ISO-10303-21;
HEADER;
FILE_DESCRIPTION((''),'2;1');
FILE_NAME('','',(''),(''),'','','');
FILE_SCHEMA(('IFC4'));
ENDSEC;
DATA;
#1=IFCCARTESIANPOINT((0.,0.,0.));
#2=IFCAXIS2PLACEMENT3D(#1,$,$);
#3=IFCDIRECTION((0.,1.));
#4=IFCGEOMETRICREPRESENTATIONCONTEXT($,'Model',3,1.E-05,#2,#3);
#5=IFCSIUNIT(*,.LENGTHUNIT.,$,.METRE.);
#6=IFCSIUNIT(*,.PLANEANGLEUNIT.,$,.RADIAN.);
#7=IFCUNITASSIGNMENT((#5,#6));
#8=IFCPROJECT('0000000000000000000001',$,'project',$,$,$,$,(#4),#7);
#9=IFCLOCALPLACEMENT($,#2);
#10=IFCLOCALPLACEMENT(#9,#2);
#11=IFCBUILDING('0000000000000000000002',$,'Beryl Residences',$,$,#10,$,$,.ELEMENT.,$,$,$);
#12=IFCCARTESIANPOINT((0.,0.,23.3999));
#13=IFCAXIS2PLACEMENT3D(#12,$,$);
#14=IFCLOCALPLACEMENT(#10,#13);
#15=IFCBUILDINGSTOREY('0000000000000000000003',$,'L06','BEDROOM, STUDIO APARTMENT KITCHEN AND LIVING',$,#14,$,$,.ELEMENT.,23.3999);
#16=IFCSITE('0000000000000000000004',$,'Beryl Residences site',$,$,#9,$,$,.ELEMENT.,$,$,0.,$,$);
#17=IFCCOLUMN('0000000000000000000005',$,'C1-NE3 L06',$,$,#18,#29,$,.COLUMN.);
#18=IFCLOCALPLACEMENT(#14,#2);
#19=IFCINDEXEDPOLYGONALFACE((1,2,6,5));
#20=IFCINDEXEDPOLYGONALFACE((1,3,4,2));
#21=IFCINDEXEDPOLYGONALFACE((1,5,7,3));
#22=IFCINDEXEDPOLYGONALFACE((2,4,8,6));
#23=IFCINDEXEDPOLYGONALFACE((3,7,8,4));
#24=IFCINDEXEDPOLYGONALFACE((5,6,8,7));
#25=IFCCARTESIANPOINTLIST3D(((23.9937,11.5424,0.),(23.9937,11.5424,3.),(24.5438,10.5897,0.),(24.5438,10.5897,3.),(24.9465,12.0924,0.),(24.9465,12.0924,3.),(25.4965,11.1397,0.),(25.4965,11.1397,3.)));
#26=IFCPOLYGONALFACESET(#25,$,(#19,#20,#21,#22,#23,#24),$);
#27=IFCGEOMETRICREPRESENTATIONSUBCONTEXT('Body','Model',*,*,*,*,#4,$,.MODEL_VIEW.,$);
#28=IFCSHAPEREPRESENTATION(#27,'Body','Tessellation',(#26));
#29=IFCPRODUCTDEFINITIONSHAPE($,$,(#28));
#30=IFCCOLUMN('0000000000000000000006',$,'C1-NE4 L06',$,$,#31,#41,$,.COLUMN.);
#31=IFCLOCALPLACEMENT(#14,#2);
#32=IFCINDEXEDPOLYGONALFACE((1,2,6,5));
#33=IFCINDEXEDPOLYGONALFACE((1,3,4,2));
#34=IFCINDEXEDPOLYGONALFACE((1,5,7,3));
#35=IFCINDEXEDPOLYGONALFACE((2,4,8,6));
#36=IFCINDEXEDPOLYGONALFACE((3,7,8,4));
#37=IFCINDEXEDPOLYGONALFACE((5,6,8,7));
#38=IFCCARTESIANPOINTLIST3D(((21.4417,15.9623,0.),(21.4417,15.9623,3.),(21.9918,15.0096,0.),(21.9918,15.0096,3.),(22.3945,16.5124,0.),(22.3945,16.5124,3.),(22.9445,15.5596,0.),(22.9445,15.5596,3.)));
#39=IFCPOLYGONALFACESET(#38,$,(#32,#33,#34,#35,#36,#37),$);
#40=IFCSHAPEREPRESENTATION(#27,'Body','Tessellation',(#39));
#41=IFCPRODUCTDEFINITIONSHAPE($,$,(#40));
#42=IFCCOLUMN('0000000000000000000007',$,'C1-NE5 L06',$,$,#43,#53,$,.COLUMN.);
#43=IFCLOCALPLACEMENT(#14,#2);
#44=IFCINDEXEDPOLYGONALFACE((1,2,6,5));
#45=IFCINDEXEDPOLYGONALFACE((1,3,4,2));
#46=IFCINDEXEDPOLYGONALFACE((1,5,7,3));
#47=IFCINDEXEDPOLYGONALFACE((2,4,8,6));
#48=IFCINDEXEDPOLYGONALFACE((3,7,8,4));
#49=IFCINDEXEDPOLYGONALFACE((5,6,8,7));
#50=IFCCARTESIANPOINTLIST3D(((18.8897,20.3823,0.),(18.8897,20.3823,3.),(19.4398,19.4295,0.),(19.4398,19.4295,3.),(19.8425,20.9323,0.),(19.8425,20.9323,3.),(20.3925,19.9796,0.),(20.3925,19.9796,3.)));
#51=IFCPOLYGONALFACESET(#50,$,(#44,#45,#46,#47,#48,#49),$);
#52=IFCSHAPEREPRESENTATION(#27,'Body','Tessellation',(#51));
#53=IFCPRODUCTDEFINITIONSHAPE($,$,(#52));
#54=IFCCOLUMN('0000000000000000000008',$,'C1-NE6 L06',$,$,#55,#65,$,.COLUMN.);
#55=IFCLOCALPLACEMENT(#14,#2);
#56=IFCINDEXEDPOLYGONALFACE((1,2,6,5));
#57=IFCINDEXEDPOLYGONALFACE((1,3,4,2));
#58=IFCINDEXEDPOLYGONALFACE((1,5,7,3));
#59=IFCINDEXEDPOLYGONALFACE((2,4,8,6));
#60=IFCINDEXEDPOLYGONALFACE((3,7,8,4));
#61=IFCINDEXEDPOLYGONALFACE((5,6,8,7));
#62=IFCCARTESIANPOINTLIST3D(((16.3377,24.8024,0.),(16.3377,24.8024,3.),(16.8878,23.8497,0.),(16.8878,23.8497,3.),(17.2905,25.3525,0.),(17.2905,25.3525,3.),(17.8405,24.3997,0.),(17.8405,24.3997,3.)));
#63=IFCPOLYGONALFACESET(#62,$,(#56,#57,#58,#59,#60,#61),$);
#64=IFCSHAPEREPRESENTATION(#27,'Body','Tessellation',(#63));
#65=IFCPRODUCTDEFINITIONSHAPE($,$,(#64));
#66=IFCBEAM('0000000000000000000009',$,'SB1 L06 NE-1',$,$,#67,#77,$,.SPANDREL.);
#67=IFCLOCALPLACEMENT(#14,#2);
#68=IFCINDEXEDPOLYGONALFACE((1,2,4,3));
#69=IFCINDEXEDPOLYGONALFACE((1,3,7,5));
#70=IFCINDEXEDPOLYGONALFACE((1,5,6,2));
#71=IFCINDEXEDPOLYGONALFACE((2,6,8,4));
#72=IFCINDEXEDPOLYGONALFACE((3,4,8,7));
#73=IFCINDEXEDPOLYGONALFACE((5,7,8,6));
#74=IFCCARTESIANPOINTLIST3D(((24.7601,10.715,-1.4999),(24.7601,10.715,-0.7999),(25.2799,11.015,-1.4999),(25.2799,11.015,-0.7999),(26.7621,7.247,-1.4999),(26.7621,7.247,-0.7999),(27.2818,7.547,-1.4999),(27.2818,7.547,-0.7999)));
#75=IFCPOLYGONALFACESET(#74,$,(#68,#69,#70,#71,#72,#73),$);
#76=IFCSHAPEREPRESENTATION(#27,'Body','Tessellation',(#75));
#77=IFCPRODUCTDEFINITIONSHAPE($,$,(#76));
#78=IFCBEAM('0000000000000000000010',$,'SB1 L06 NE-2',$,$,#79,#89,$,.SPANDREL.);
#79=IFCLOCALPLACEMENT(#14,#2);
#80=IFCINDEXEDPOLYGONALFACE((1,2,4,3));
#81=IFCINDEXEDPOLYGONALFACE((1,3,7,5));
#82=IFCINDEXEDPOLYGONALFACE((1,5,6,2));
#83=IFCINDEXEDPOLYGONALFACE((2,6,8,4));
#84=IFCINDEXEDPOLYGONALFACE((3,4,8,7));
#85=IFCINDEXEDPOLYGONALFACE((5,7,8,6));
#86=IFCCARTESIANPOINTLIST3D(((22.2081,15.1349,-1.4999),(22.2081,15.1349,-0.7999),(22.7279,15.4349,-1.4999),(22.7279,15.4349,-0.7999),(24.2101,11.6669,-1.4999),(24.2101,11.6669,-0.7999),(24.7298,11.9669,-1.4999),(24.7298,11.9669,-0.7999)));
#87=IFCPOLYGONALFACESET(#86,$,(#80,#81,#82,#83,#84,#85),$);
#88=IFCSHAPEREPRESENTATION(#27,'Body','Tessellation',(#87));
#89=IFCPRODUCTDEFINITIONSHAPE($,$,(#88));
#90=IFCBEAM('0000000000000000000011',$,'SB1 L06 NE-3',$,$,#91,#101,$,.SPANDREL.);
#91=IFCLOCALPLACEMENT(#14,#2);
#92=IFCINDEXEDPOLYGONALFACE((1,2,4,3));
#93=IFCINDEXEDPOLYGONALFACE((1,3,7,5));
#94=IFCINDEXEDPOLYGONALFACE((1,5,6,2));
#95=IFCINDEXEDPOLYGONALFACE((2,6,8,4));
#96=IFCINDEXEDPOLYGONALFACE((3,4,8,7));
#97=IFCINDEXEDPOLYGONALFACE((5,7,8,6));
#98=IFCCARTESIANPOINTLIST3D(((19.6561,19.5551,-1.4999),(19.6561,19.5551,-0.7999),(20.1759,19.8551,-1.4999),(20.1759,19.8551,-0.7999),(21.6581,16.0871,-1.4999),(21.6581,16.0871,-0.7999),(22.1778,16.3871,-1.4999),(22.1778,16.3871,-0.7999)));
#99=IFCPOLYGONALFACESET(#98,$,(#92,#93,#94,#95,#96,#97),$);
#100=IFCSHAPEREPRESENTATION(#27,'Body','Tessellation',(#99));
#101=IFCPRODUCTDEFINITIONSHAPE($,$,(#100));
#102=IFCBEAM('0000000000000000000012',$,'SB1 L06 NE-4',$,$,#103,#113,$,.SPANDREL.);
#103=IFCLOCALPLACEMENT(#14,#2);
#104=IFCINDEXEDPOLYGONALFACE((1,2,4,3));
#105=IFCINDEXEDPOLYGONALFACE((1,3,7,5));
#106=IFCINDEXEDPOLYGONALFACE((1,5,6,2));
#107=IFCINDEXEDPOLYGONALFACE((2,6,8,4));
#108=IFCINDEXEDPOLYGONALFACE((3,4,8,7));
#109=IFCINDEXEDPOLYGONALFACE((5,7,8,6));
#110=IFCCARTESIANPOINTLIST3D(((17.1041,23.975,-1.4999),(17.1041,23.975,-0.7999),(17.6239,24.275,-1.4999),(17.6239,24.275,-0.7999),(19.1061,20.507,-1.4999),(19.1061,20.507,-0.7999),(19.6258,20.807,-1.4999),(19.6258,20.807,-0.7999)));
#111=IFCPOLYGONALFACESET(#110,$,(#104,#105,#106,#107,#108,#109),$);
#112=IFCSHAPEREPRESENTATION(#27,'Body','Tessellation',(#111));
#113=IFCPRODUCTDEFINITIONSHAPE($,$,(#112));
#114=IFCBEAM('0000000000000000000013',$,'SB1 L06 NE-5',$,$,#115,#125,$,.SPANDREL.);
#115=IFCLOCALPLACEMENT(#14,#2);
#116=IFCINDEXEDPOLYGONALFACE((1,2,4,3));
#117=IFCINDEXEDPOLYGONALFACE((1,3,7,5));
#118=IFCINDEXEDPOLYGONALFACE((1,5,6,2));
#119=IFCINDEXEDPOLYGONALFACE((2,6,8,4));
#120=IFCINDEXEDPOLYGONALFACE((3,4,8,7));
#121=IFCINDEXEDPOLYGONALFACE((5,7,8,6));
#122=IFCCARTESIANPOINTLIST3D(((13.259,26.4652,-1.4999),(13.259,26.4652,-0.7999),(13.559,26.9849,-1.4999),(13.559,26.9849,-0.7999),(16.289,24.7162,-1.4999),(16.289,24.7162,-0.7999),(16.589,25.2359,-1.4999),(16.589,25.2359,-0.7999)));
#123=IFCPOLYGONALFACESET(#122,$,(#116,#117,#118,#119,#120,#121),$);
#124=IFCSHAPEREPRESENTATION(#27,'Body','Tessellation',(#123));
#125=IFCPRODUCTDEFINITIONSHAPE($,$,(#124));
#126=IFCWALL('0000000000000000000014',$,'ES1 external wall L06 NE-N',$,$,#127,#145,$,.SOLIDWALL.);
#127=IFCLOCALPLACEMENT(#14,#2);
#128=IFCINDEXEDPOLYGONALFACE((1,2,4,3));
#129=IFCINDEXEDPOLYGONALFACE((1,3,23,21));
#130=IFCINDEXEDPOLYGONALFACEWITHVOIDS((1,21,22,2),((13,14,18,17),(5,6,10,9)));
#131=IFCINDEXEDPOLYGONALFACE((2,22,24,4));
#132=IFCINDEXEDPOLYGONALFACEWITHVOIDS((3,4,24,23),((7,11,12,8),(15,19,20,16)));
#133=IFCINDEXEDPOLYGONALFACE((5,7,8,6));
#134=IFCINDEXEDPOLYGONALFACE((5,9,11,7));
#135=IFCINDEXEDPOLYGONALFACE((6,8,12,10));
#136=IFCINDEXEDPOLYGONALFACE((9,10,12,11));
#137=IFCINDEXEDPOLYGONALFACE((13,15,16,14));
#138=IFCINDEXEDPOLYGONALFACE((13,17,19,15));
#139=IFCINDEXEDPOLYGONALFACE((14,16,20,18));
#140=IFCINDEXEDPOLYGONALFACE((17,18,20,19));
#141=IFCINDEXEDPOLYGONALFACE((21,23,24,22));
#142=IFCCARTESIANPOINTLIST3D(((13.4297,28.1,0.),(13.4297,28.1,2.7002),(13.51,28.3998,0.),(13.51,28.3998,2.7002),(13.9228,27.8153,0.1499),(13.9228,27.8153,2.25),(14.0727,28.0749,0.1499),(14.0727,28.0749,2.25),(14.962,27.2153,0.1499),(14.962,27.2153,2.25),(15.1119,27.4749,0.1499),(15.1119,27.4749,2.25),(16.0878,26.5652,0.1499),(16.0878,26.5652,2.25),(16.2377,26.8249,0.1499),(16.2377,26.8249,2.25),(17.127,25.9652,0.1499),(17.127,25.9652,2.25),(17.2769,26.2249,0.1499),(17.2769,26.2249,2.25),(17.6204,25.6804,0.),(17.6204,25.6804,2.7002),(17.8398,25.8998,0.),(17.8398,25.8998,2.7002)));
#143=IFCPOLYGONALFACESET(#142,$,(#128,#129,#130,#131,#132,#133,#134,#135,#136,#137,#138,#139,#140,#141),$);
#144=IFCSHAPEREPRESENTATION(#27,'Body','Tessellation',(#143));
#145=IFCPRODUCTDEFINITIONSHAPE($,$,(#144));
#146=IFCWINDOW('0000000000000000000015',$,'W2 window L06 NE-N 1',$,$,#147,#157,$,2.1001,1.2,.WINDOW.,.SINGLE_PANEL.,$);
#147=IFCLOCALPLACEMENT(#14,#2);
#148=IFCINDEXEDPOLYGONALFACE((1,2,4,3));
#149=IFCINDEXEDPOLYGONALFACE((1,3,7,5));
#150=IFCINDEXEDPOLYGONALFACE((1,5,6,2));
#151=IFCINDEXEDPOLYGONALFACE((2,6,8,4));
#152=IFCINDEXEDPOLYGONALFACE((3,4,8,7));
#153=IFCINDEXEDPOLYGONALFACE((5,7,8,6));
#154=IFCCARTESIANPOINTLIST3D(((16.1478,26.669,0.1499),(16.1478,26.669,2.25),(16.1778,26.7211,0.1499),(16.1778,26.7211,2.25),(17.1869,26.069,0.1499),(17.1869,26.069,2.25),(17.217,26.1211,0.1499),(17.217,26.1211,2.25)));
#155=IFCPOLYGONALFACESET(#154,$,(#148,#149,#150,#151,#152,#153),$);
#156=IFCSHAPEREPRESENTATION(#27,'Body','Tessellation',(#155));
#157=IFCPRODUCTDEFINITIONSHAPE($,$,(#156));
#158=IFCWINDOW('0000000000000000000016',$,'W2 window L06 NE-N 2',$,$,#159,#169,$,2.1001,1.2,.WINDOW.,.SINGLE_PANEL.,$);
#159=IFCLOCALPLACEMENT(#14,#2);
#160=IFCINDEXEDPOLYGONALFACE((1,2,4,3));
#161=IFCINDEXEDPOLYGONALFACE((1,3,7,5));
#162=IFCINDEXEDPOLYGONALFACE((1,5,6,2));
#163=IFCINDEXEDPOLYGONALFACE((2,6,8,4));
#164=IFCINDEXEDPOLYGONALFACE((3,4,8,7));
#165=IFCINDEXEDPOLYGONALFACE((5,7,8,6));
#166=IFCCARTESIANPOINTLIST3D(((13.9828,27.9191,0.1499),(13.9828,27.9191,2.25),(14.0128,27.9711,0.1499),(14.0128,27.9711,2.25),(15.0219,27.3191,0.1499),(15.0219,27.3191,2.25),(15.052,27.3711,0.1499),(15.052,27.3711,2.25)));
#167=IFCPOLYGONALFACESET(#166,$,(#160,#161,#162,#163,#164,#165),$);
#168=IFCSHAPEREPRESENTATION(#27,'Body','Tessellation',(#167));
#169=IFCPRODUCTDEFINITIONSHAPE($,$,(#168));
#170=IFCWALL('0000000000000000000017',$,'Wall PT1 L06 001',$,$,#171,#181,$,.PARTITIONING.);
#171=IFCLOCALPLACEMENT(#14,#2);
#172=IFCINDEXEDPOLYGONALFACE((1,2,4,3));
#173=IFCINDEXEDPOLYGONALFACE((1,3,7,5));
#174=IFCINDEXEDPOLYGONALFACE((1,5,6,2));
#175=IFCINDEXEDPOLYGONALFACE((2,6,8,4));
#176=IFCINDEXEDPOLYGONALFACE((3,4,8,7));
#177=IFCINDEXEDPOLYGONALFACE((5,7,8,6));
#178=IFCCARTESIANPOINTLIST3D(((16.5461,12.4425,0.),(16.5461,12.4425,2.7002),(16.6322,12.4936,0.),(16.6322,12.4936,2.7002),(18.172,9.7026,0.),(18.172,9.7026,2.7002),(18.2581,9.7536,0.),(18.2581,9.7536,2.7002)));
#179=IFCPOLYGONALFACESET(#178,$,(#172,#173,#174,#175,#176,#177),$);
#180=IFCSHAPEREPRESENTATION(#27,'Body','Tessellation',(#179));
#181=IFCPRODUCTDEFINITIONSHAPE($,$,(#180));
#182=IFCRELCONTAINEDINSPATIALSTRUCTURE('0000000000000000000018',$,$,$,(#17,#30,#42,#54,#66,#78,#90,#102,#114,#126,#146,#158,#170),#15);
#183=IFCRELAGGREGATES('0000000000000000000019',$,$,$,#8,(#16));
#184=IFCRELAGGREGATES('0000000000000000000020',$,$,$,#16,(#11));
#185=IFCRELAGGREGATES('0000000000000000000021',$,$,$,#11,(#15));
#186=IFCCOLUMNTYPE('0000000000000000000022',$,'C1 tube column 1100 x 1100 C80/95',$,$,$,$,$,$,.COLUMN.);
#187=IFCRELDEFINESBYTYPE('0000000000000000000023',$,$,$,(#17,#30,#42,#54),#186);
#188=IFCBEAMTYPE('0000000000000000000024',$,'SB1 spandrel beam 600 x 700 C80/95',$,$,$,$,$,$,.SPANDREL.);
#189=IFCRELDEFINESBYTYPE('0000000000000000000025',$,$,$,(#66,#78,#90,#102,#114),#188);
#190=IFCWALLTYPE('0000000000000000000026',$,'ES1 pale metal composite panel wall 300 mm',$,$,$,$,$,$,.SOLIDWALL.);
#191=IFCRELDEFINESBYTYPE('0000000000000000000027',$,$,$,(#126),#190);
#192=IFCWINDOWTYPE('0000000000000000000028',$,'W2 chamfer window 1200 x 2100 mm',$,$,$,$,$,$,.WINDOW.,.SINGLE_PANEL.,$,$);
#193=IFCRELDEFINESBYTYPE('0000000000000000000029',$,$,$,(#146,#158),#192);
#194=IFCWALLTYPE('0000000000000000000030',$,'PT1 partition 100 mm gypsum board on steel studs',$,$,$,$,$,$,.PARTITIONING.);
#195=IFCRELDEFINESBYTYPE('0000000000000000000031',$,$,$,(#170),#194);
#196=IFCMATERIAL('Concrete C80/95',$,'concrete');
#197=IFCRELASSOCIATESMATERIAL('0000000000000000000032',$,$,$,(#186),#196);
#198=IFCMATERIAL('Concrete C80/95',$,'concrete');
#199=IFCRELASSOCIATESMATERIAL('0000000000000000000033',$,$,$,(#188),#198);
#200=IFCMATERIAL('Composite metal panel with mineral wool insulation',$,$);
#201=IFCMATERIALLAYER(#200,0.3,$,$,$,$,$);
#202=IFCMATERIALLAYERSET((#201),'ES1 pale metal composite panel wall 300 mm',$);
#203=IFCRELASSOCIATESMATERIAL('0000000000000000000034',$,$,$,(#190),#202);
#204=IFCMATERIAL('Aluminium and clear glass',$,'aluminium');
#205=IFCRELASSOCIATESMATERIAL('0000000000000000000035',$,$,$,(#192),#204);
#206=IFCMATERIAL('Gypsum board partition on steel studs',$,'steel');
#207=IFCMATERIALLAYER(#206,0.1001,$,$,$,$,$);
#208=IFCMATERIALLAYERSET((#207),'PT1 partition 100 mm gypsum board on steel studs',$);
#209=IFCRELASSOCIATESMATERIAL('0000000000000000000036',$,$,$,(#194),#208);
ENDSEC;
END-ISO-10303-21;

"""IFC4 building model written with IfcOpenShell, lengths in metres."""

from ifc_helpers import new_model, si_unit, direction, frame, frame_2d, origin, origin_2d, place, context, subcontext, project, spatial, polyline, rectangle, outline, extrude, material, layer, layer_set, material_profile, profile_set, type_object, element, fill, save


model = new_model("IFC4")

# Units and contexts
model_context = context("Model", 3, precision=1e-05, world=origin(), true_north=direction((0.0, 1.0)))
body_context = subcontext(model_context, "Body", "Model", "MODEL_VIEW")
ifc_project = project(units=[si_unit("LENGTHUNIT", "METRE"), si_unit("PLANEANGLEUNIT", "RADIAN")], contexts=[model_context])

# Site, building, storey
site_placement = place(None, origin())
site = spatial("IfcSite", under=ifc_project, at=site_placement, Name="Beryl Residences site", CompositionType="ELEMENT", RefElevation=0.0)
building_placement = place(site_placement, origin())
building = spatial("IfcBuilding", under=site, at=building_placement, Name="Beryl Residences", CompositionType="ELEMENT")
storey_placement = place(building_placement, frame((0.0, 0.0, 23.3999)))
storey = spatial("IfcBuildingStorey", under=building, at=storey_placement, Name="L06", Description="BEDROOM, STUDIO APARTMENT KITCHEN AND LIVING", CompositionType="ELEMENT", Elevation=23.3999)

# Columns
ifc_material_1 = material(Name="Concrete C80/95", Category="concrete")
ifc_material_profile_1 = material_profile(ifc_material_1, rectangle(XDim=1.1001, YDim=1.1001, at=origin_2d()))
ifc_profile_set_1 = profile_set([ifc_material_profile_1], Name="Concrete C80/95")
column_type = type_object("IfcColumnType", Name="C1 tube column 1100 x 1100 C80/95", PredefinedType="COLUMN", material=ifc_profile_set_1)
for number, where, z_axis, x_axis, name in (
    (1, (24.7451, 11.3411, 0.0), (0.0, 0.0, 1.0), (-0.499985, 0.866034, 0.0), "C1-NE3 L06"),
    (2, (22.1931, 15.761, 0.0), (0.0, 0.0, 1.0), (-0.499985, 0.866034, 0.0), "C1-NE4 L06"),
    (3, (19.6411, 20.1809, 0.0), (0.0, 0.0, 1.0), (-0.499985, 0.866034, 0.0), "C1-NE5 L06"),
    (4, (17.0891, 24.6011, 0.0), (0.0, 0.0, 1.0), (-0.499985, 0.866034, 0.0), "C1-NE6 L06"),
):
    element("IfcColumn", number, at=place(storey_placement, frame(where, z_axis=z_axis, x_axis=x_axis)), inside=storey, type_object=column_type, Name=name, PredefinedType="COLUMN", context=body_context, shape_type="SweptSolid", body=[
        extrude(rectangle(XDim=1.1001, YDim=1.1001, at=origin_2d()), origin(), (0.0, 0.0, 1.0), 3.0),
    ])

# Beams
ifc_material_2 = material(Name="Concrete C80/95", Category="concrete")
ifc_material_profile_2 = material_profile(ifc_material_2, rectangle(XDim=0.6001, YDim=0.7, at=origin_2d()))
ifc_profile_set_2 = profile_set([ifc_material_profile_2], Name="Concrete C80/95")
beam_type = type_object("IfcBeamType", Name="SB1 spandrel beam 600 x 700 C80/95", PredefinedType="SPANDREL", material=ifc_profile_set_2)
for number, where, z_axis, x_axis, name in (
    (5, (27.022, 7.397, -1.1499), (-0.499942, 0.866059, 0.0), (-0.866059, -0.499942, 0.0), "SB1 L06 NE-1"),
    (6, (24.47, 11.8169, -1.1499), (-0.499942, 0.866059, 0.0), (-0.866059, -0.499942, 0.0), "SB1 L06 NE-2"),
    (7, (21.918, 16.2371, -1.1499), (-0.499942, 0.866059, 0.0), (-0.866059, -0.499942, 0.0), "SB1 L06 NE-3"),
    (8, (19.366, 20.657, -1.1499), (-0.499942, 0.866059, 0.0), (-0.866059, -0.499942, 0.0), "SB1 L06 NE-4"),
):
    element("IfcBeam", number, at=place(storey_placement, frame(where, z_axis=z_axis, x_axis=x_axis)), inside=storey, type_object=beam_type, Name=name, PredefinedType="SPANDREL", context=body_context, shape_type="SweptSolid", body=[
        extrude(rectangle(XDim=0.6001, YDim=0.7, at=origin_2d()), origin(), (0.0, 0.0, 1.0), 4.0044),
    ])
beam_placement = place(storey_placement, frame((16.439, 24.9761, -1.1499), z_axis=(-0.866071, 0.499922, 0.0), x_axis=(-0.499922, -0.866071, 0.0)))
element("IfcBeam", 9, at=beam_placement, inside=storey, type_object=beam_type, Name="SB1 L06 NE-5", PredefinedType="SPANDREL", context=body_context, shape_type="SweptSolid", body=[
    extrude(rectangle(XDim=0.6001, YDim=0.7, at=origin_2d()), origin(), (0.0, 0.0, 1.0), 3.4985),
])

# Wall, openings, windows
ifc_material_3 = material(Name="Composite metal panel with mineral wool insulation")
ifc_layer_1 = layer(ifc_material_3, 0.3)
ifc_layer_set_1 = layer_set([ifc_layer_1], Name="ES1 pale metal composite panel wall 300 mm")
wall_type_1 = type_object("IfcWallType", Name="ES1 pale metal composite panel wall 300 mm", PredefinedType="SOLIDWALL", material=ifc_layer_set_1)
wall_1_placement = place(storey_placement, frame((17.7649, 25.77, 0.0), z_axis=(0.0, 0.0, 1.0), x_axis=(-0.866011, 0.500025, 0.0)))
wall_1 = element("IfcWall", 10, at=wall_1_placement, inside=storey, type_object=wall_type_1, Name="ES1 external wall L06 NE-N", PredefinedType="SOLIDWALL", context=body_context, shape_type="SweptSolid", body=[
    extrude(outline(polyline([(0.0, -0.1499), (4.9998, -0.1499), (4.9194, 0.1499), (0.0803, 0.1499), (0.0, -0.1499)])), origin(), (0.0, 0.0, 1.0), 2.7002),
])
opening_1_placement = place(wall_1_placement, frame((0.6499, 0.0, 0.1499)))
opening_1 = element("IfcOpeningElement", 11, at=opening_1_placement, cuts=wall_1, PredefinedType="OPENING", context=body_context, shape_type="SweptSolid", body=[
    extrude(rectangle(XDim=1.2, YDim=2.1001, at=frame_2d((0.6001, 1.05))), frame((0.0, 0.1599, 0.0), z_axis=(0.0, -1.0, 0.0), x_axis=(1.0, 0.0, 0.0)), (0.0, 0.0, 1.0), 0.3201),
])
opening_2_placement = place(wall_1_placement, frame((3.1499, 0.0, 0.1499)))
opening_2 = element("IfcOpeningElement", 12, at=opening_2_placement, cuts=wall_1, PredefinedType="OPENING", context=body_context, shape_type="SweptSolid", body=[
    extrude(rectangle(XDim=1.2, YDim=2.1001, at=frame_2d((0.6001, 1.05))), frame((0.0, 0.1599, 0.0), z_axis=(0.0, -1.0, 0.0), x_axis=(1.0, 0.0, 0.0)), (0.0, 0.0, 1.0), 0.3201),
])
ifc_material_4 = material(Name="Aluminium and clear glass", Category="aluminium")
window_type = type_object("IfcWindowType", Name="W2 chamfer window 1200 x 2100 mm", PartitioningType="SINGLE_PANEL", PredefinedType="WINDOW", material=ifc_material_4)
window_1_placement = place(opening_1_placement, origin())
window_1 = element("IfcWindow", 13, at=window_1_placement, inside=storey, type_object=window_type, Name="W2 window L06 NE-N 1", OverallHeight=2.1001, OverallWidth=1.2, PartitioningType="SINGLE_PANEL", PredefinedType="WINDOW", context=body_context, shape_type="SweptSolid", body=[
    extrude(rectangle(XDim=1.2, YDim=2.1001, at=frame_2d((0.6001, 1.05))), frame((0.0, 0.03, 0.0), z_axis=(0.0, -1.0, 0.0), x_axis=(1.0, 0.0, 0.0)), (0.0, 0.0, 1.0), 0.0601),
])
fill(opening_1, window_1)
window_2_placement = place(opening_2_placement, origin())
window_2 = element("IfcWindow", 14, at=window_2_placement, inside=storey, type_object=window_type, Name="W2 window L06 NE-N 2", OverallHeight=2.1001, OverallWidth=1.2, PartitioningType="SINGLE_PANEL", PredefinedType="WINDOW", context=body_context, shape_type="SweptSolid", body=[
    extrude(rectangle(XDim=1.2, YDim=2.1001, at=frame_2d((0.6001, 1.05))), frame((0.0, 0.03, 0.0), z_axis=(0.0, -1.0, 0.0), x_axis=(1.0, 0.0, 0.0)), (0.0, 0.0, 1.0), 0.0601),
])
fill(opening_2, window_2)

# Wall
ifc_material_5 = material(Name="Gypsum board partition on steel studs", Category="steel")
ifc_layer_2 = layer(ifc_material_5, 0.1001)
ifc_layer_set_2 = layer_set([ifc_layer_2], Name="PT1 partition 100 mm gypsum board on steel studs")
wall_type_2 = type_object("IfcWallType", Name="PT1 partition 100 mm gypsum board on steel studs", PredefinedType="PARTITIONING", material=ifc_layer_set_2)
wall_2_placement = place(storey_placement, frame((16.5891, 12.468, 0.0), z_axis=(0.0, 0.0, 1.0), x_axis=(0.510332, -0.859978, 0.0)))
element("IfcWall", 15, at=wall_2_placement, inside=storey, type_object=wall_type_2, Name="Wall PT1 L06 001", PredefinedType="PARTITIONING", context=body_context, shape_type="SweptSolid", body=[
    extrude(rectangle(XDim=3.186, YDim=0.1001, at=frame_2d((1.593, 0.0))), origin(), (0.0, 0.0, 1.0), 2.7002),
])

save(model, "model.ifc")
